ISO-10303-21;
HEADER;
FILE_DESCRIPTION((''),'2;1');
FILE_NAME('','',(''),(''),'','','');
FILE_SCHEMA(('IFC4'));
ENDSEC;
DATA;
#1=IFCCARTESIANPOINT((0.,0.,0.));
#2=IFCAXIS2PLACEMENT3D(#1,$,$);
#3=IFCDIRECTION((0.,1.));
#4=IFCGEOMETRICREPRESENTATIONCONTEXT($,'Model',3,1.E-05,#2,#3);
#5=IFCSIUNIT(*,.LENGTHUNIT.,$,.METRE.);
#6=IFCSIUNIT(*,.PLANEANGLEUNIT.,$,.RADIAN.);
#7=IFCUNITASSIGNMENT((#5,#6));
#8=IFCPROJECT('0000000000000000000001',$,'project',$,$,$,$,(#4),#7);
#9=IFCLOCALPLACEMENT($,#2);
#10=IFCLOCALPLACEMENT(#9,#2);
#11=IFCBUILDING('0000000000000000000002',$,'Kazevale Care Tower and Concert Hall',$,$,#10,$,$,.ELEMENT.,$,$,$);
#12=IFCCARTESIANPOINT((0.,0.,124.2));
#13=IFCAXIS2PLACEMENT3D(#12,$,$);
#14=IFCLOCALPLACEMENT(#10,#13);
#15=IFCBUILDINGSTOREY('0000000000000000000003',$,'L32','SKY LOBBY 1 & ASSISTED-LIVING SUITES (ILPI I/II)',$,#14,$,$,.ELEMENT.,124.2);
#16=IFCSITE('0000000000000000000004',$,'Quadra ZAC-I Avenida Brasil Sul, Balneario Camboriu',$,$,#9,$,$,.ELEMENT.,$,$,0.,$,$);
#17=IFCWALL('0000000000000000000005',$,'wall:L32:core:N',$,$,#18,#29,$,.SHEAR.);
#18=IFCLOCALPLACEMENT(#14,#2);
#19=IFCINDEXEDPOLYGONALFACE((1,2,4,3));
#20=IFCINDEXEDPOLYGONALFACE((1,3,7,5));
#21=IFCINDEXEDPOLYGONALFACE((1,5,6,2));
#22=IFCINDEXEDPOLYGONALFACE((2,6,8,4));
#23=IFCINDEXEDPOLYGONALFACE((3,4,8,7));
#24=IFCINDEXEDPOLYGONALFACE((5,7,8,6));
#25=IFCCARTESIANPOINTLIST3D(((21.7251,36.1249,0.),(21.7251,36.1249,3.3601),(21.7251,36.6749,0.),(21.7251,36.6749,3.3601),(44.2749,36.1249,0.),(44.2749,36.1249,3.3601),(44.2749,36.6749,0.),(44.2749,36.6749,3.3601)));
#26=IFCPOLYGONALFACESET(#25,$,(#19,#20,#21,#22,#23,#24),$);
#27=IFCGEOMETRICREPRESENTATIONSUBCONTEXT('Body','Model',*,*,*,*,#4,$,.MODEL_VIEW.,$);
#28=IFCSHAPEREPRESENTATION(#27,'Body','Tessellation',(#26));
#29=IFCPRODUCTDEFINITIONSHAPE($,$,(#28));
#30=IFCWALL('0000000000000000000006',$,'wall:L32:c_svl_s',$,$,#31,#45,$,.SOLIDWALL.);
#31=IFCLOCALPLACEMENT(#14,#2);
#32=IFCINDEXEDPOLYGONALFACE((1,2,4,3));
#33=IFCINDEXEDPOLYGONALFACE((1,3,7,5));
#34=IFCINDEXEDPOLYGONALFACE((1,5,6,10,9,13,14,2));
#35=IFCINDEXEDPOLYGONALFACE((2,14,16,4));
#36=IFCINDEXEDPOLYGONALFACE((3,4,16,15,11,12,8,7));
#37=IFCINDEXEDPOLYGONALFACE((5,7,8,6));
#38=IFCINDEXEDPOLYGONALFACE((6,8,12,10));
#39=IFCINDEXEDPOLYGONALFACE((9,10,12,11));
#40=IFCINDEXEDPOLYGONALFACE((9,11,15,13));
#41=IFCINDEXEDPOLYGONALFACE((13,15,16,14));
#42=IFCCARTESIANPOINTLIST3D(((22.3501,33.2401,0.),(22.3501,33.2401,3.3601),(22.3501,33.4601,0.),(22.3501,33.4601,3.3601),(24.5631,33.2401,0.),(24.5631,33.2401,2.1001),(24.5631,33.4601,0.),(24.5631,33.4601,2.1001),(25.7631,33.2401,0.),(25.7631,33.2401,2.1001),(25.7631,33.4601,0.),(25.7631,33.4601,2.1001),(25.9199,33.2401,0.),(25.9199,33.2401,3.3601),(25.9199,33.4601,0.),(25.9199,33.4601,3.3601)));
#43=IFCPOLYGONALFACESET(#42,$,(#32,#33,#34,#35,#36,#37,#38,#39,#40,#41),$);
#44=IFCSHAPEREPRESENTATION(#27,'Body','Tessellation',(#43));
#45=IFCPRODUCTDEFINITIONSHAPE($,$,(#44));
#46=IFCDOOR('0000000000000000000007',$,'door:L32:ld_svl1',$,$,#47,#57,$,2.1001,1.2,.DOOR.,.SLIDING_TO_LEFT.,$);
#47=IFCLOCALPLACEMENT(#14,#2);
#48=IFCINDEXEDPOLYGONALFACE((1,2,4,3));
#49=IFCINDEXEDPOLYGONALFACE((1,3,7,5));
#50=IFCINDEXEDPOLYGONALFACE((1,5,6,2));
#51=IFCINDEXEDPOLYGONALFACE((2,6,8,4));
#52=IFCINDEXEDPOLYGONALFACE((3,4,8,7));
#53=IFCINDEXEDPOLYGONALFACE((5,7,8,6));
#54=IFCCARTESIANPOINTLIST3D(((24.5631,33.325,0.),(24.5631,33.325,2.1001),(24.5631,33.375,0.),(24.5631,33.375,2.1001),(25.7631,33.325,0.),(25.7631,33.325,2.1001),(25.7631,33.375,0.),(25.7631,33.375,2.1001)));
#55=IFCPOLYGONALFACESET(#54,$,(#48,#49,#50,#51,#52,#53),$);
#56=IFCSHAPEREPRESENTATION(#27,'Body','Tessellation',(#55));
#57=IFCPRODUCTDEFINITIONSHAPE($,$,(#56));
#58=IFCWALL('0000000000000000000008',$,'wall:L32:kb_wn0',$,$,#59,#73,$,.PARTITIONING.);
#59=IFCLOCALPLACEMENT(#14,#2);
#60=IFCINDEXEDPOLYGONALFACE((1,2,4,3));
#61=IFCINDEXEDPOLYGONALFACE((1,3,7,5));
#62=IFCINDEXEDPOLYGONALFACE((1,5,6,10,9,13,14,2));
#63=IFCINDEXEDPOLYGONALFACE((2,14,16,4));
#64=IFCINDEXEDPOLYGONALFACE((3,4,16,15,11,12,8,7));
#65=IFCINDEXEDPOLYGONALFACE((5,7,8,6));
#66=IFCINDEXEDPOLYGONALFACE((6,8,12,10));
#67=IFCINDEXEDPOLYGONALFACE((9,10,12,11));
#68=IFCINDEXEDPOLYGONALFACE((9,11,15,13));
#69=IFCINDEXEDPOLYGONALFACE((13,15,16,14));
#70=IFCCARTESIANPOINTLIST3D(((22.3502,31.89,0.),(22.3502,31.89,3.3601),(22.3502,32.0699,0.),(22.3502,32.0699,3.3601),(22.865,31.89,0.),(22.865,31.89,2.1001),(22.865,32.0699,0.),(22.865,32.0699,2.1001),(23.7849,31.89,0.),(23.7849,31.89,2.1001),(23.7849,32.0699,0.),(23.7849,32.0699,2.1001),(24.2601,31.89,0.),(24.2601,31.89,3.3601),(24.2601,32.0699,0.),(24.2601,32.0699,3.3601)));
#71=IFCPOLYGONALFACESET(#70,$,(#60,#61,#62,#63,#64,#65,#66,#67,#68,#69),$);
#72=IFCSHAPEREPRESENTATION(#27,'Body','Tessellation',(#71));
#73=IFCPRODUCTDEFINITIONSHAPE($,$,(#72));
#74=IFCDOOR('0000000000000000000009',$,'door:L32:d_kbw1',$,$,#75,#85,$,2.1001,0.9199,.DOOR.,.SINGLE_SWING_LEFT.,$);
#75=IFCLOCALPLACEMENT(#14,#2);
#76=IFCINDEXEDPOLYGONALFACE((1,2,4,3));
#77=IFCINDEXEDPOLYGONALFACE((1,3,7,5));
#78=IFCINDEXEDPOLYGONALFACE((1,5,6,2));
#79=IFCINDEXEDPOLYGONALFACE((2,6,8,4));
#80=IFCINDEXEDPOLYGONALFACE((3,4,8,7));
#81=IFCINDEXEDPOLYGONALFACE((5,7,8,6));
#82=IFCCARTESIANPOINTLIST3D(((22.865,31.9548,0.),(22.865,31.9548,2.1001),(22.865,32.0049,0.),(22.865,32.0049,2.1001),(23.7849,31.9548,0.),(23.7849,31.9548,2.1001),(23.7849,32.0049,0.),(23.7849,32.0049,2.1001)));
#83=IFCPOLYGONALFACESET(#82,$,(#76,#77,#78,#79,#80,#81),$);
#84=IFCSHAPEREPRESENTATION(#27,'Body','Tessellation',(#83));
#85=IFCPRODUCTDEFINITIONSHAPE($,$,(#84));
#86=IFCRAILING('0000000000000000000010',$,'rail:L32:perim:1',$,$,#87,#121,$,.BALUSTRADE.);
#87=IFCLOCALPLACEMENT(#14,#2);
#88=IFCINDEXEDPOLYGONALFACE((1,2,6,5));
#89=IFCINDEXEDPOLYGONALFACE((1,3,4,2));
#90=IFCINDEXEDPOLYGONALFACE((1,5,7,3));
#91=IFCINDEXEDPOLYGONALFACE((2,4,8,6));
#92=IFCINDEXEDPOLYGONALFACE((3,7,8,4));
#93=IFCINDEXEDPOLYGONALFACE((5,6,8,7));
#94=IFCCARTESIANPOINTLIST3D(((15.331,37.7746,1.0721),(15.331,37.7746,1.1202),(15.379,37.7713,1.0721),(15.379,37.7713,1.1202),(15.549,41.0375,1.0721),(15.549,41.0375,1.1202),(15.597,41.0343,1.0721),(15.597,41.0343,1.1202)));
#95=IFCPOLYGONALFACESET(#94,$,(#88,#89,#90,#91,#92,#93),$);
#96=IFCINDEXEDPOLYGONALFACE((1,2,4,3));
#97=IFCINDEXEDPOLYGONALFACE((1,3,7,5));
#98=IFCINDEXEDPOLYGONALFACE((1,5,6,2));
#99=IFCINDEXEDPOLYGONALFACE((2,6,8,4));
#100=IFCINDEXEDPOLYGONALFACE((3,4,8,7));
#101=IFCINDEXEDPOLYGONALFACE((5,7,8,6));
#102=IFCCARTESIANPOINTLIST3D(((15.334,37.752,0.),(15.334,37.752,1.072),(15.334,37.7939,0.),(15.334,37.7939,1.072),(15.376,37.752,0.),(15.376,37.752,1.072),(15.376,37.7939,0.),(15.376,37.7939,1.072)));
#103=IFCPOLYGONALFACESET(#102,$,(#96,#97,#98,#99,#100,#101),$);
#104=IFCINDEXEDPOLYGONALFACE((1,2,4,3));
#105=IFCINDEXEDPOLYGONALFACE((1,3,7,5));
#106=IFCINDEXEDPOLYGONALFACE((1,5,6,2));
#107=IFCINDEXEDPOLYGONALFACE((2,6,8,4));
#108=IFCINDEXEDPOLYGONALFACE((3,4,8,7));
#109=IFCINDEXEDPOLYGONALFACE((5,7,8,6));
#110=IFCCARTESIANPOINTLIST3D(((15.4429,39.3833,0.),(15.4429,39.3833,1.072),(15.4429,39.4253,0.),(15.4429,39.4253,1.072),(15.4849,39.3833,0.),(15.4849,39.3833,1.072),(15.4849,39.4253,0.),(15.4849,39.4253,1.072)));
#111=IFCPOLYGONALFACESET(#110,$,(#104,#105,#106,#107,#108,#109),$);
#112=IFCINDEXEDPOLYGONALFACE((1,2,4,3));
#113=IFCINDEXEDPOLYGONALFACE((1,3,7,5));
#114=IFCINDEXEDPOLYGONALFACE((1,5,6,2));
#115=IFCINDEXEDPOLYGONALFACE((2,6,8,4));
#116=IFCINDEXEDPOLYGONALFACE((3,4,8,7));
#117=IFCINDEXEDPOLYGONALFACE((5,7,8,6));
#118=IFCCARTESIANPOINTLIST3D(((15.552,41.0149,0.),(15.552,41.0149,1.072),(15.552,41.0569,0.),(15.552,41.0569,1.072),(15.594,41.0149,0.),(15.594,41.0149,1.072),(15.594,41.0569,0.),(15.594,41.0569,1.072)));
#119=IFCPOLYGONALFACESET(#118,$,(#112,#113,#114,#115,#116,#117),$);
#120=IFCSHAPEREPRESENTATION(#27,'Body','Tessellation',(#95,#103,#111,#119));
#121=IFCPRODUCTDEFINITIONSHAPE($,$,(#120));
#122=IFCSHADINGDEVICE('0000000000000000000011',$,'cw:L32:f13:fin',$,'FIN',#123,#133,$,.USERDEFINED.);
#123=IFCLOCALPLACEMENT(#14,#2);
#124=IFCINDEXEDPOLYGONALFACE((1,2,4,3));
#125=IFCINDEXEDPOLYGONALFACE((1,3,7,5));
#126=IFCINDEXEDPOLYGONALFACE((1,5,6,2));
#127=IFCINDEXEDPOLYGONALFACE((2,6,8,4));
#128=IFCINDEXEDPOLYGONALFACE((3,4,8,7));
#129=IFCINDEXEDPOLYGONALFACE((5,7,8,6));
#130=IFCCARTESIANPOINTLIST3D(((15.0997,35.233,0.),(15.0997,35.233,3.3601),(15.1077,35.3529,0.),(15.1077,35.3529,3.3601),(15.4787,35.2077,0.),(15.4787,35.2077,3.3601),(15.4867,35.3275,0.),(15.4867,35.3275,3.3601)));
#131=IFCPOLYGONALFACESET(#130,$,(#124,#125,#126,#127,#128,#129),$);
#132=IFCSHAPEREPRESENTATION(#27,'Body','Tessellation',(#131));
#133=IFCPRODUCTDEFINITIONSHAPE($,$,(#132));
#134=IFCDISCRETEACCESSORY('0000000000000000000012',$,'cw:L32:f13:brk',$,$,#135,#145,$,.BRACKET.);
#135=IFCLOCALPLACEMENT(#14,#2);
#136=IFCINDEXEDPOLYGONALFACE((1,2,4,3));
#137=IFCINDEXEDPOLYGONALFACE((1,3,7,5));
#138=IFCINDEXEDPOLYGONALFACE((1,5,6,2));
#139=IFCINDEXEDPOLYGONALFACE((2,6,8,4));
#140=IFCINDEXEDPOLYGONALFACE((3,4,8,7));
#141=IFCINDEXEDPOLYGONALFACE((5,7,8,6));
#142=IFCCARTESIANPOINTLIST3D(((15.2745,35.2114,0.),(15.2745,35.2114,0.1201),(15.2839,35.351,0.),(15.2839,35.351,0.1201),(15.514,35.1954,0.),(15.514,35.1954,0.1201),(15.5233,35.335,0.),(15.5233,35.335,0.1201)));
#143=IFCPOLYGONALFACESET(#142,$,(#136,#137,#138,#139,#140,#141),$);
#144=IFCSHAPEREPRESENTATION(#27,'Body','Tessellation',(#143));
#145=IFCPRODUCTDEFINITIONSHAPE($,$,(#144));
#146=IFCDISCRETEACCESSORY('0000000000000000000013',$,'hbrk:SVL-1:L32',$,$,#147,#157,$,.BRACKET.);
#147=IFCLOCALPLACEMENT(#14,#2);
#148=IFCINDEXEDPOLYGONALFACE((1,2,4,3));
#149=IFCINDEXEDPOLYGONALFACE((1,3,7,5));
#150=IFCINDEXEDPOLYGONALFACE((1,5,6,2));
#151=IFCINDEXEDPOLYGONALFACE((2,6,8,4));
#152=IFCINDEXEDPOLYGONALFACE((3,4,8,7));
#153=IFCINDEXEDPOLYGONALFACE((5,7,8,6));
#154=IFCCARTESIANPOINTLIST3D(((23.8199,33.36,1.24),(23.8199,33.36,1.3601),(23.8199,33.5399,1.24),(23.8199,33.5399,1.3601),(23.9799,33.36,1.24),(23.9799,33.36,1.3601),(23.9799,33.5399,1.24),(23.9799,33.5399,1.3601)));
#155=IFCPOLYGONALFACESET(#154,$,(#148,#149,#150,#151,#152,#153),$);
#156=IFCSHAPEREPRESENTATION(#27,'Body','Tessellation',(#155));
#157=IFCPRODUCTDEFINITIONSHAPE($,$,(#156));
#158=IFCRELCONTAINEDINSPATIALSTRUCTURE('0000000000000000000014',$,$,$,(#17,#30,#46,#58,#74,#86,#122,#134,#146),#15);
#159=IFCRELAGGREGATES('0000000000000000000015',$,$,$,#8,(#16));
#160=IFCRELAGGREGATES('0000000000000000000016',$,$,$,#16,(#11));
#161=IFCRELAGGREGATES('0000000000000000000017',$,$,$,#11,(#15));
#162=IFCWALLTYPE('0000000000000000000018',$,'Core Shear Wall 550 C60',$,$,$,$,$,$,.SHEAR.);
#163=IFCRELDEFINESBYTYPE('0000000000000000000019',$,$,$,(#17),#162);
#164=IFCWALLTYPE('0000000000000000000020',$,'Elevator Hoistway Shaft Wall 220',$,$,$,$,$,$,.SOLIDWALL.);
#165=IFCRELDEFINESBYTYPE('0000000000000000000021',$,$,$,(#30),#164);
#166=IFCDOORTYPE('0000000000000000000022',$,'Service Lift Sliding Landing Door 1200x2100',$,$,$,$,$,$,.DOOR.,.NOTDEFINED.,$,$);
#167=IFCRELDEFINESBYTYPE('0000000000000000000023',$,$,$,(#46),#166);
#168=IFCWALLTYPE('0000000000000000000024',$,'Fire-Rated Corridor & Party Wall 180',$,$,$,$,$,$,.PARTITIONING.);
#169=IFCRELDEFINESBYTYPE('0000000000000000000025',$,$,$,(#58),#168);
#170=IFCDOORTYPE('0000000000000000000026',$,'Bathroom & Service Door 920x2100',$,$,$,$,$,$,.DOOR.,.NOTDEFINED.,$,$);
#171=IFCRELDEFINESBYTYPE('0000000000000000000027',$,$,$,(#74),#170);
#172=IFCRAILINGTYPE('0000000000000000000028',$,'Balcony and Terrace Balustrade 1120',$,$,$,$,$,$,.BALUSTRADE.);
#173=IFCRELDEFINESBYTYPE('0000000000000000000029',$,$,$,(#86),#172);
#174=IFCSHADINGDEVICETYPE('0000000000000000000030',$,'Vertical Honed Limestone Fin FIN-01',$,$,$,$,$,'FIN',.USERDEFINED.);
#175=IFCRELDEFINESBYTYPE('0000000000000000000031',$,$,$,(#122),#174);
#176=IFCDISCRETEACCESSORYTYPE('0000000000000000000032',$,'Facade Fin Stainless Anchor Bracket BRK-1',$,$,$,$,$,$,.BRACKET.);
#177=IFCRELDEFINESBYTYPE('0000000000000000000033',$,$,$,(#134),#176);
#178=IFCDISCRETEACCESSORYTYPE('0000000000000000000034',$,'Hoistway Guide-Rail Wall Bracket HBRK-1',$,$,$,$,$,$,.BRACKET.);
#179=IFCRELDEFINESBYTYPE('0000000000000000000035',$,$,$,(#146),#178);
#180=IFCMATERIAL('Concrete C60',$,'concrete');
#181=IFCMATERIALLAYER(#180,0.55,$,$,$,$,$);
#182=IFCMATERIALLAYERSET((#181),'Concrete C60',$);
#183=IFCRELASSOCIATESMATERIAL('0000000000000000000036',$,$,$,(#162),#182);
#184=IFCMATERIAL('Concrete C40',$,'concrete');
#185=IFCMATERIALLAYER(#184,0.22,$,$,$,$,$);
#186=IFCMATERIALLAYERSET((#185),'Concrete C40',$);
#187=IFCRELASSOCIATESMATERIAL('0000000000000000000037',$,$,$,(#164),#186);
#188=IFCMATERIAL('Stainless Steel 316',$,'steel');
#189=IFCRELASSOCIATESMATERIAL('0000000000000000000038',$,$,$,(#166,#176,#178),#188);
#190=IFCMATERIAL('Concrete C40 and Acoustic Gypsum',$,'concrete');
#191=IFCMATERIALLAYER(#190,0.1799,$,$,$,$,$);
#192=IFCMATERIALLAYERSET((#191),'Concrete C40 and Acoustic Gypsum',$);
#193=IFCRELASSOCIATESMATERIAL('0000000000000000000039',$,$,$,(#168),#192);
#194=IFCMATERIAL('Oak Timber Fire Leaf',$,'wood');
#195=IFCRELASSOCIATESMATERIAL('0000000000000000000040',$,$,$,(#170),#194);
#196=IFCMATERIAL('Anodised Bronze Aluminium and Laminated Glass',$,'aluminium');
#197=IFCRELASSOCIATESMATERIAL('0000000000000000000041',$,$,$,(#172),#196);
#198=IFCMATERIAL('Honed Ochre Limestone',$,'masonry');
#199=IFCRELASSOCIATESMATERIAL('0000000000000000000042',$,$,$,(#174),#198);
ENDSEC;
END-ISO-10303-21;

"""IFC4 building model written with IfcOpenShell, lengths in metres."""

from ifc_helpers import new_model, si_unit, direction, frame, frame_2d, origin, origin_2d, place, context, subcontext, project, spatial, rectangle, extrude, material, layer, layer_set, type_object, element, fill, save


model = new_model("IFC4")

# Units and contexts
model_context = context("Model", 3, precision=1e-05, world=origin(), true_north=direction((0.0, 1.0)))
body_context = subcontext(model_context, "Body", "Model", "MODEL_VIEW")
ifc_project = project(units=[si_unit("LENGTHUNIT", "METRE"), si_unit("PLANEANGLEUNIT", "RADIAN")], contexts=[model_context])

# Site, building, storey
site_placement = place(None, origin())
site = spatial("IfcSite", under=ifc_project, at=site_placement, Name="Quadra ZAC-I Avenida Brasil Sul, Balneario Camboriu", CompositionType="ELEMENT", RefElevation=0.0)
building_placement = place(site_placement, origin())
building = spatial("IfcBuilding", under=site, at=building_placement, Name="Kazevale Care Tower and Concert Hall", CompositionType="ELEMENT")
storey_placement = place(building_placement, frame((0.0, 0.0, 124.2)))
storey = spatial("IfcBuildingStorey", under=building, at=storey_placement, Name="L32", Description="SKY LOBBY 1 & ASSISTED-LIVING SUITES (ILPI I/II)", CompositionType="ELEMENT", Elevation=124.2)

# Shared definitions
ifc_material_1 = material(Name="Concrete C60", Category="concrete")

# Wall
ifc_layer_1 = layer(ifc_material_1, 0.55)
ifc_layer_set_1 = layer_set([ifc_layer_1], Name="Concrete C60")
wall_type_1 = type_object("IfcWallType", Name="Core Shear Wall 550 C60", PredefinedType="SHEAR", material=ifc_layer_set_1)
wall_1_placement = place(storey_placement, frame((21.7251, 36.3999, 0.0), z_axis=(0.0, 0.0, 1.0), x_axis=(1.0, 0.0, 0.0)))
element("IfcWall", 1, at=wall_1_placement, inside=storey, type_object=wall_type_1, Name="wall:L32:core:N", PredefinedType="SHEAR", context=body_context, shape_type="SweptSolid", body=[
    extrude(rectangle(XDim=22.5498, YDim=0.55, at=frame_2d((11.2749, 0.0))), origin(), (0.0, 0.0, 1.0), 3.3601),
])

# Walls, openings, doors
ifc_material_2 = material(Name="Concrete C40", Category="concrete")
ifc_layer_2 = layer(ifc_material_2, 0.22)
ifc_layer_set_2 = layer_set([ifc_layer_2], Name="Concrete C40")
wall_type_2 = type_object("IfcWallType", Name="Elevator Hoistway Shaft Wall 220", PredefinedType="SOLIDWALL", material=ifc_layer_set_2)
wall_2_placement = place(storey_placement, frame((22.3501, 33.3501, 0.0), z_axis=(0.0, 0.0, 1.0), x_axis=(1.0, 0.0, 0.0)))
wall_2 = element("IfcWall", 2, at=wall_2_placement, inside=storey, type_object=wall_type_2, Name="wall:L32:c_svl_s", PredefinedType="SOLIDWALL", context=body_context, shape_type="SweptSolid", body=[
    extrude(rectangle(XDim=3.5698, YDim=0.22, at=frame_2d((1.7849, 0.0))), origin(), (0.0, 0.0, 1.0), 3.3601),
])
opening_1_placement = place(wall_2_placement, frame((2.2129, 0.0, 0.0)))
opening_1 = element("IfcOpeningElement", 3, at=opening_1_placement, cuts=wall_2, PredefinedType="OPENING", context=body_context, shape_type="SweptSolid", body=[
    extrude(rectangle(XDim=1.2, YDim=2.1001, at=frame_2d((0.6001, 1.05))), frame((0.0, 0.1199, 0.0), z_axis=(0.0, -1.0, 0.0), x_axis=(1.0, 0.0, 0.0)), (0.0, 0.0, 1.0), 0.24),
])
ifc_material_3 = material(Name="Stainless Steel 316", Category="steel")
door_type_1 = type_object("IfcDoorType", Name="Service Lift Sliding Landing Door 1200x2100", OperationType="NOTDEFINED", PredefinedType="DOOR", material=ifc_material_3)
door_1_placement = place(opening_1_placement, origin())
door_1 = element("IfcDoor", 4, at=door_1_placement, inside=storey, type_object=door_type_1, Name="door:L32:ld_svl1", OperationType="SLIDING_TO_LEFT", OverallHeight=2.1001, OverallWidth=1.2, PredefinedType="DOOR", context=body_context, shape_type="SweptSolid", body=[
    extrude(rectangle(XDim=1.2, YDim=2.1001, at=frame_2d((0.6001, 1.05))), frame((0.0, 0.0249, 0.0), z_axis=(0.0, -1.0, 0.0), x_axis=(1.0, 0.0, 0.0)), (0.0, 0.0, 1.0), 0.05),
])
fill(opening_1, door_1)
ifc_material_4 = material(Name="Concrete C40 and Acoustic Gypsum", Category="concrete")
ifc_layer_3 = layer(ifc_material_4, 0.1799)
ifc_layer_set_3 = layer_set([ifc_layer_3], Name="Concrete C40 and Acoustic Gypsum")
wall_type_3 = type_object("IfcWallType", Name="Fire-Rated Corridor & Party Wall 180", PredefinedType="PARTITIONING", material=ifc_layer_set_3)
wall_3_placement = place(storey_placement, frame((22.3501, 31.98, 0.0), z_axis=(0.0, 0.0, 1.0), x_axis=(1.0, 0.0, 0.0)))
wall_3 = element("IfcWall", 5, at=wall_3_placement, inside=storey, type_object=wall_type_3, Name="wall:L32:kb_wn0", PredefinedType="PARTITIONING", context=body_context, shape_type="SweptSolid", body=[
    extrude(rectangle(XDim=1.9099, YDim=0.1799, at=frame_2d((0.9551, 0.0))), origin(), (0.0, 0.0, 1.0), 3.3601),
])
opening_2_placement = place(wall_3_placement, frame((0.5149, 0.0, 0.0)))
opening_2 = element("IfcOpeningElement", 6, at=opening_2_placement, cuts=wall_3, PredefinedType="OPENING", context=body_context, shape_type="SweptSolid", body=[
    extrude(rectangle(XDim=0.9199, YDim=2.1001, at=frame_2d((0.46, 1.05))), frame((0.0, 0.0999, 0.0), z_axis=(0.0, -1.0, 0.0), x_axis=(1.0, 0.0, 0.0)), (0.0, 0.0, 1.0), 0.2),
])
ifc_material_5 = material(Name="Oak Timber Fire Leaf", Category="wood")
door_type_2 = type_object("IfcDoorType", Name="Bathroom & Service Door 920x2100", OperationType="NOTDEFINED", PredefinedType="DOOR", material=ifc_material_5)
door_2_placement = place(opening_2_placement, origin())
door_2 = element("IfcDoor", 7, at=door_2_placement, inside=storey, type_object=door_type_2, Name="door:L32:d_kbw1", OperationType="SINGLE_SWING_LEFT", OverallHeight=2.1001, OverallWidth=0.9199, PredefinedType="DOOR", context=body_context, shape_type="SweptSolid", body=[
    extrude(rectangle(XDim=0.9199, YDim=2.1001, at=frame_2d((0.46, 1.05))), frame((0.0, 0.0249, 0.0), z_axis=(0.0, -1.0, 0.0), x_axis=(1.0, 0.0, 0.0)), (0.0, 0.0, 1.0), 0.05),
])
fill(opening_2, door_2)

# Railing
ifc_material_6 = material(Name="Anodised Bronze Aluminium and Laminated Glass", Category="aluminium")
railing_type = type_object("IfcRailingType", Name="Balcony and Terrace Balustrade 1120", PredefinedType="BALUSTRADE", material=ifc_material_6)
railing_placement = place(storey_placement, frame((15.355, 37.7729, 0.0)))
element("IfcRailing", 8, at=railing_placement, inside=storey, type_object=railing_type, Name="rail:L32:perim:1", PredefinedType="BALUSTRADE", context=body_context, shape_type="SweptSolid", body=[
    extrude(rectangle(XDim=0.0481, YDim=0.0481, at=origin_2d()), frame((0.0, 0.0, 1.0962), z_axis=(0.066668, 0.997775, 0.0), x_axis=(-0.997775, 0.066668, 0.0)), (0.0, 0.0, 1.0), 3.2703),
    extrude(rectangle(XDim=0.042, YDim=0.042, at=origin_2d()), origin(), (0.0, 0.0, 1.0), 1.072),
    extrude(rectangle(XDim=0.042, YDim=0.042, at=origin_2d()), frame((0.1089, 1.6313, 0.0)), (0.0, 0.0, 1.0), 1.072),
    extrude(rectangle(XDim=0.042, YDim=0.042, at=origin_2d()), frame((0.218, 3.2629, 0.0)), (0.0, 0.0, 1.0), 1.072),
])

# Shading device
ifc_material_7 = material(Name="Honed Ochre Limestone", Category="masonry")
shading_device_type = type_object("IfcShadingDeviceType", Name="Vertical Honed Limestone Fin FIN-01", ElementType="FIN", PredefinedType="USERDEFINED", material=ifc_material_7)
shading_device_placement = place(storey_placement, frame((15.2932, 35.2803, 0.0), z_axis=(0.0, 0.0, 1.0), x_axis=(-0.997778, 0.066622, 0.0)))
element("IfcShadingDevice", 9, at=shading_device_placement, inside=storey, type_object=shading_device_type, Name="cw:L32:f13:fin", ObjectType="FIN", PredefinedType="USERDEFINED", context=body_context, shape_type="SweptSolid", body=[
    extrude(rectangle(XDim=0.3799, YDim=0.1201, at=origin_2d()), origin(), (0.0, 0.0, 1.0), 3.3601),
])

# Discrete accessories
discrete_accessory_type_1 = type_object("IfcDiscreteAccessoryType", Name="Facade Fin Stainless Anchor Bracket BRK-1", PredefinedType="BRACKET", material=ifc_material_3)
discrete_accessory_1_placement = place(storey_placement, frame((15.3989, 35.2732, 0.0), z_axis=(0.0, 0.0, 1.0), x_axis=(-0.997778, 0.066622, 0.0)))
element("IfcDiscreteAccessory", 10, at=discrete_accessory_1_placement, inside=storey, type_object=discrete_accessory_type_1, Name="cw:L32:f13:brk", PredefinedType="BRACKET", context=body_context, shape_type="SweptSolid", body=[
    extrude(rectangle(XDim=0.24, YDim=0.1399, at=origin_2d()), origin(), (0.0, 0.0, 1.0), 0.1201),
])
discrete_accessory_type_2 = type_object("IfcDiscreteAccessoryType", Name="Hoistway Guide-Rail Wall Bracket HBRK-1", PredefinedType="BRACKET", material=ifc_material_3)
discrete_accessory_2_placement = place(storey_placement, frame((23.8999, 33.45, 1.24), z_axis=(0.0, 0.0, 1.0), x_axis=(1.0, 0.0, 0.0)))
element("IfcDiscreteAccessory", 11, at=discrete_accessory_2_placement, inside=storey, type_object=discrete_accessory_type_2, Name="hbrk:SVL-1:L32", PredefinedType="BRACKET", context=body_context, shape_type="SweptSolid", body=[
    extrude(rectangle(XDim=0.1599, YDim=0.1799, at=origin_2d()), origin(), (0.0, 0.0, 1.0), 0.1201),
])

save(model, "model.ifc")
